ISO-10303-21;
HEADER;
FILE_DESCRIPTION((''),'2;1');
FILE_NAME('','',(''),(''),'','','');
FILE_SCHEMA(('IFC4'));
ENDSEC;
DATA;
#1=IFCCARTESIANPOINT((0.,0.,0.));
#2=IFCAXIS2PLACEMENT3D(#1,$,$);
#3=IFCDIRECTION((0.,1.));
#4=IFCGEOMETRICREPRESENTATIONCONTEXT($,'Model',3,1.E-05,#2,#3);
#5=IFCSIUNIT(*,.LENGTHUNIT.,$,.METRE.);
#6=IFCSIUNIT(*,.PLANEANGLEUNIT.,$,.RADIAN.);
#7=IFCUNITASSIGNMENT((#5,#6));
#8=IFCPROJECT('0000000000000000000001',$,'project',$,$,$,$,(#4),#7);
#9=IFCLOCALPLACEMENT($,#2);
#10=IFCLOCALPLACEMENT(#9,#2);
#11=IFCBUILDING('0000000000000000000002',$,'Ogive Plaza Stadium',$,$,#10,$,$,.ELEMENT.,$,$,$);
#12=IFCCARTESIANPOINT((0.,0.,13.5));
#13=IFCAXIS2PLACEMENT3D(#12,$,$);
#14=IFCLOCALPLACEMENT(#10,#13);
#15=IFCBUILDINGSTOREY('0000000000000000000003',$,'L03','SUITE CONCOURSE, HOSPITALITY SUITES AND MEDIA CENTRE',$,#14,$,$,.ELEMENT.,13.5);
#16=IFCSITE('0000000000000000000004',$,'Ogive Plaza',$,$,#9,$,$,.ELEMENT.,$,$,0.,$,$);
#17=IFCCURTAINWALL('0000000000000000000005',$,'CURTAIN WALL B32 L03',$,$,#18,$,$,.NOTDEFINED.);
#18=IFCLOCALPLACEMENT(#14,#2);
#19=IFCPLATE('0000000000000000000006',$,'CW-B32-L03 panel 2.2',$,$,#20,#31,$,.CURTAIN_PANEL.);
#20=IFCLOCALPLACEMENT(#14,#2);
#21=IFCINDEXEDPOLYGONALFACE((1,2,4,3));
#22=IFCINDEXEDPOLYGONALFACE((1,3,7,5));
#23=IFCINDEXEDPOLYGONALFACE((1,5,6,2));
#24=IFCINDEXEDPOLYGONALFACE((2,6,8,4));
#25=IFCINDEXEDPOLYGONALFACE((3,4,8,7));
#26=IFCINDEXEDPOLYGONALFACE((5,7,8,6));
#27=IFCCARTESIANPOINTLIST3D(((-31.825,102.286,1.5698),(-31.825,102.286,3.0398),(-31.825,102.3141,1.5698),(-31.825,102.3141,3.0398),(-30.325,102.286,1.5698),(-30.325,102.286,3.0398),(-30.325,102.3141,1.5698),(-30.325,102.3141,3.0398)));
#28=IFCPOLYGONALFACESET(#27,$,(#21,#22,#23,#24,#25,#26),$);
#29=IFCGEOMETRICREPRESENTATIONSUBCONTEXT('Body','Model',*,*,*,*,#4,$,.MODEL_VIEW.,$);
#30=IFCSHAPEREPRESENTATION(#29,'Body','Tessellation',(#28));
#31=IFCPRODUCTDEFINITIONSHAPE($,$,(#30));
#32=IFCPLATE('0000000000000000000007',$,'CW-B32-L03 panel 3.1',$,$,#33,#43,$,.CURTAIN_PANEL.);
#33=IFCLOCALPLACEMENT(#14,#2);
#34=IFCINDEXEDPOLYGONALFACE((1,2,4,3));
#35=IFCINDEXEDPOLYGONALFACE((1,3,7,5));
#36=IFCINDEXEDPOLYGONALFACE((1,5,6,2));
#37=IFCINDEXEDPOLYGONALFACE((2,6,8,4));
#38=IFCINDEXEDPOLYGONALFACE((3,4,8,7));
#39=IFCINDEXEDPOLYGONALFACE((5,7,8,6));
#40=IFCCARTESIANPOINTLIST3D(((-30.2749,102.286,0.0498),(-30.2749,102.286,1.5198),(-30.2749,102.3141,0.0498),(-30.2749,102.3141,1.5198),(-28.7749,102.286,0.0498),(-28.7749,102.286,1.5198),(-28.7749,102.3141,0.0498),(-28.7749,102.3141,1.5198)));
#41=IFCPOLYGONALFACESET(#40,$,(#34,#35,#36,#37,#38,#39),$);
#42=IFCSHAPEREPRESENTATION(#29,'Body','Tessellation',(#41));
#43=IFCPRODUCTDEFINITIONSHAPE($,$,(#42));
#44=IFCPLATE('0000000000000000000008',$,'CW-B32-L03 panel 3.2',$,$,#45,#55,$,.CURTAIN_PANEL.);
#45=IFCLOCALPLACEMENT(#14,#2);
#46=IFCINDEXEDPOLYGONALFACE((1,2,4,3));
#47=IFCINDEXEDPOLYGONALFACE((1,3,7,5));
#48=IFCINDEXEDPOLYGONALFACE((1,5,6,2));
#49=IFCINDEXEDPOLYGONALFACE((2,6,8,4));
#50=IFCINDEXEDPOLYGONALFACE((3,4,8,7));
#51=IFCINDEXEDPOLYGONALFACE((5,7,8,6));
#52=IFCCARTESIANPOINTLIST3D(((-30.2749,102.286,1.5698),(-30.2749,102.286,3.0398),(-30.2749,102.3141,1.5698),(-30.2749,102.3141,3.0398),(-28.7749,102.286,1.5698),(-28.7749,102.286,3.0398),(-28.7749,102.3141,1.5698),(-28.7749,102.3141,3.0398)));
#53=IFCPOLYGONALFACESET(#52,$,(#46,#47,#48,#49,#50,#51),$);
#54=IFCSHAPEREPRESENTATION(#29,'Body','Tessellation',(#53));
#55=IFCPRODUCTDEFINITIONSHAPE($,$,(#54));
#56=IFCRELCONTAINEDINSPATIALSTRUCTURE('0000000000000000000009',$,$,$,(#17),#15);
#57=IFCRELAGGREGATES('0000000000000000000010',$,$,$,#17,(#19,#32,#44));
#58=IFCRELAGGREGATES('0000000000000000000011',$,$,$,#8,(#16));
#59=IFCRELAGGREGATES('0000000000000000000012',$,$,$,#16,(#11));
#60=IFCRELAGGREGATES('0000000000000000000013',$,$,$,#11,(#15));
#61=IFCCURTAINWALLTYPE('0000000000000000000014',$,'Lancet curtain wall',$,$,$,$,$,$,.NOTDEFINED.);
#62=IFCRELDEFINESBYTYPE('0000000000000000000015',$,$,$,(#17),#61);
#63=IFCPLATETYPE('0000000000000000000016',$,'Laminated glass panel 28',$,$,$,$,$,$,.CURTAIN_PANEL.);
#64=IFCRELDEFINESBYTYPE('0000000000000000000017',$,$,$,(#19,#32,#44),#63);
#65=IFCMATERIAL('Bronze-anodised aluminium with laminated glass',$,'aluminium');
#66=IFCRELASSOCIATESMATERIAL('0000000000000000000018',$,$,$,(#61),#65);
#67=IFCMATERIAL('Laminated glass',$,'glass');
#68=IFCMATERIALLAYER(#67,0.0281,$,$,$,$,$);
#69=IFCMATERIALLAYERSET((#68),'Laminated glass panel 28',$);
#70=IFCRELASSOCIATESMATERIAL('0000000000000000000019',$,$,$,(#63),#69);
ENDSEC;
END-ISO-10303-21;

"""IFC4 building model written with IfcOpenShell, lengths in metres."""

from ifc_helpers import new_model, si_unit, direction, frame, origin, origin_2d, place, context, subcontext, project, spatial, rectangle, extrude, material, layer, layer_set, type_object, element, aggregate, save


model = new_model("IFC4")

# Units and contexts
model_context = context("Model", 3, precision=1e-05, world=origin(), true_north=direction((0.0, 1.0)))
body_context = subcontext(model_context, "Body", "Model", "MODEL_VIEW")
ifc_project = project(units=[si_unit("LENGTHUNIT", "METRE"), si_unit("PLANEANGLEUNIT", "RADIAN")], contexts=[model_context])

# Site, building, storey
site_placement = place(None, origin())
site = spatial("IfcSite", under=ifc_project, at=site_placement, Name="Ogive Plaza", CompositionType="ELEMENT", RefElevation=0.0)
building_placement = place(site_placement, origin())
building = spatial("IfcBuilding", under=site, at=building_placement, Name="Ogive Plaza Stadium", CompositionType="ELEMENT")
storey_placement = place(building_placement, frame((0.0, 0.0, 13.5)))
storey = spatial("IfcBuildingStorey", under=building, at=storey_placement, Name="L03", Description="SUITE CONCOURSE, HOSPITALITY SUITES AND MEDIA CENTRE", CompositionType="ELEMENT", Elevation=13.5)

# Curtain wall
ifc_material_1 = material(Name="Bronze-anodised aluminium with laminated glass", Category="aluminium")
curtain_wall_type = type_object("IfcCurtainWallType", Name="Lancet curtain wall", PredefinedType="NOTDEFINED", material=ifc_material_1)
curtain_wall_1_placement = place(storey_placement, origin())
curtain_wall_1 = element("IfcCurtainWall", 1, at=curtain_wall_1_placement, inside=storey, type_object=curtain_wall_type, Name="CURTAIN WALL B32 L03", PredefinedType="NOTDEFINED")

# Plates
ifc_material_2 = material(Name="Laminated glass", Category="glass")
ifc_layer = layer(ifc_material_2, 0.0281)
ifc_layer_set = layer_set([ifc_layer], Name="Laminated glass panel 28")
plate_type = type_object("IfcPlateType", Name="Laminated glass panel 28", PredefinedType="CURTAIN_PANEL", material=ifc_layer_set)
plate_1_placement = place(storey_placement, frame((-31.075, 102.3, 1.5698), z_axis=(0.0, 0.0, 1.0), x_axis=(1.0, 0.0, 0.0)))
plate_1 = element("IfcPlate", 2, at=plate_1_placement, type_object=plate_type, Name="CW-B32-L03 panel 2.2", PredefinedType="CURTAIN_PANEL", context=body_context, shape_type="SweptSolid", body=[
    extrude(rectangle(XDim=1.5, YDim=0.0281, at=origin_2d()), origin(), (0.0, 0.0, 1.0), 1.47),
])
plate_2_placement = place(storey_placement, frame((-29.5249, 102.3, 0.0498), z_axis=(0.0, 0.0, 1.0), x_axis=(1.0, 0.0, 0.0)))
plate_2 = element("IfcPlate", 3, at=plate_2_placement, type_object=plate_type, Name="CW-B32-L03 panel 3.1", PredefinedType="CURTAIN_PANEL", context=body_context, shape_type="SweptSolid", body=[
    extrude(rectangle(XDim=1.5, YDim=0.0281, at=origin_2d()), origin(), (0.0, 0.0, 1.0), 1.47),
])
plate_3_placement = place(storey_placement, frame((-29.5249, 102.3, 1.5698), z_axis=(0.0, 0.0, 1.0), x_axis=(1.0, 0.0, 0.0)))
plate_3 = element("IfcPlate", 4, at=plate_3_placement, type_object=plate_type, Name="CW-B32-L03 panel 3.2", PredefinedType="CURTAIN_PANEL", context=body_context, shape_type="SweptSolid", body=[
    extrude(rectangle(XDim=1.5, YDim=0.0281, at=origin_2d()), origin(), (0.0, 0.0, 1.0), 1.47),
])
aggregate(curtain_wall_1, [plate_1, plate_2, plate_3])

save(model, "model.ifc")
